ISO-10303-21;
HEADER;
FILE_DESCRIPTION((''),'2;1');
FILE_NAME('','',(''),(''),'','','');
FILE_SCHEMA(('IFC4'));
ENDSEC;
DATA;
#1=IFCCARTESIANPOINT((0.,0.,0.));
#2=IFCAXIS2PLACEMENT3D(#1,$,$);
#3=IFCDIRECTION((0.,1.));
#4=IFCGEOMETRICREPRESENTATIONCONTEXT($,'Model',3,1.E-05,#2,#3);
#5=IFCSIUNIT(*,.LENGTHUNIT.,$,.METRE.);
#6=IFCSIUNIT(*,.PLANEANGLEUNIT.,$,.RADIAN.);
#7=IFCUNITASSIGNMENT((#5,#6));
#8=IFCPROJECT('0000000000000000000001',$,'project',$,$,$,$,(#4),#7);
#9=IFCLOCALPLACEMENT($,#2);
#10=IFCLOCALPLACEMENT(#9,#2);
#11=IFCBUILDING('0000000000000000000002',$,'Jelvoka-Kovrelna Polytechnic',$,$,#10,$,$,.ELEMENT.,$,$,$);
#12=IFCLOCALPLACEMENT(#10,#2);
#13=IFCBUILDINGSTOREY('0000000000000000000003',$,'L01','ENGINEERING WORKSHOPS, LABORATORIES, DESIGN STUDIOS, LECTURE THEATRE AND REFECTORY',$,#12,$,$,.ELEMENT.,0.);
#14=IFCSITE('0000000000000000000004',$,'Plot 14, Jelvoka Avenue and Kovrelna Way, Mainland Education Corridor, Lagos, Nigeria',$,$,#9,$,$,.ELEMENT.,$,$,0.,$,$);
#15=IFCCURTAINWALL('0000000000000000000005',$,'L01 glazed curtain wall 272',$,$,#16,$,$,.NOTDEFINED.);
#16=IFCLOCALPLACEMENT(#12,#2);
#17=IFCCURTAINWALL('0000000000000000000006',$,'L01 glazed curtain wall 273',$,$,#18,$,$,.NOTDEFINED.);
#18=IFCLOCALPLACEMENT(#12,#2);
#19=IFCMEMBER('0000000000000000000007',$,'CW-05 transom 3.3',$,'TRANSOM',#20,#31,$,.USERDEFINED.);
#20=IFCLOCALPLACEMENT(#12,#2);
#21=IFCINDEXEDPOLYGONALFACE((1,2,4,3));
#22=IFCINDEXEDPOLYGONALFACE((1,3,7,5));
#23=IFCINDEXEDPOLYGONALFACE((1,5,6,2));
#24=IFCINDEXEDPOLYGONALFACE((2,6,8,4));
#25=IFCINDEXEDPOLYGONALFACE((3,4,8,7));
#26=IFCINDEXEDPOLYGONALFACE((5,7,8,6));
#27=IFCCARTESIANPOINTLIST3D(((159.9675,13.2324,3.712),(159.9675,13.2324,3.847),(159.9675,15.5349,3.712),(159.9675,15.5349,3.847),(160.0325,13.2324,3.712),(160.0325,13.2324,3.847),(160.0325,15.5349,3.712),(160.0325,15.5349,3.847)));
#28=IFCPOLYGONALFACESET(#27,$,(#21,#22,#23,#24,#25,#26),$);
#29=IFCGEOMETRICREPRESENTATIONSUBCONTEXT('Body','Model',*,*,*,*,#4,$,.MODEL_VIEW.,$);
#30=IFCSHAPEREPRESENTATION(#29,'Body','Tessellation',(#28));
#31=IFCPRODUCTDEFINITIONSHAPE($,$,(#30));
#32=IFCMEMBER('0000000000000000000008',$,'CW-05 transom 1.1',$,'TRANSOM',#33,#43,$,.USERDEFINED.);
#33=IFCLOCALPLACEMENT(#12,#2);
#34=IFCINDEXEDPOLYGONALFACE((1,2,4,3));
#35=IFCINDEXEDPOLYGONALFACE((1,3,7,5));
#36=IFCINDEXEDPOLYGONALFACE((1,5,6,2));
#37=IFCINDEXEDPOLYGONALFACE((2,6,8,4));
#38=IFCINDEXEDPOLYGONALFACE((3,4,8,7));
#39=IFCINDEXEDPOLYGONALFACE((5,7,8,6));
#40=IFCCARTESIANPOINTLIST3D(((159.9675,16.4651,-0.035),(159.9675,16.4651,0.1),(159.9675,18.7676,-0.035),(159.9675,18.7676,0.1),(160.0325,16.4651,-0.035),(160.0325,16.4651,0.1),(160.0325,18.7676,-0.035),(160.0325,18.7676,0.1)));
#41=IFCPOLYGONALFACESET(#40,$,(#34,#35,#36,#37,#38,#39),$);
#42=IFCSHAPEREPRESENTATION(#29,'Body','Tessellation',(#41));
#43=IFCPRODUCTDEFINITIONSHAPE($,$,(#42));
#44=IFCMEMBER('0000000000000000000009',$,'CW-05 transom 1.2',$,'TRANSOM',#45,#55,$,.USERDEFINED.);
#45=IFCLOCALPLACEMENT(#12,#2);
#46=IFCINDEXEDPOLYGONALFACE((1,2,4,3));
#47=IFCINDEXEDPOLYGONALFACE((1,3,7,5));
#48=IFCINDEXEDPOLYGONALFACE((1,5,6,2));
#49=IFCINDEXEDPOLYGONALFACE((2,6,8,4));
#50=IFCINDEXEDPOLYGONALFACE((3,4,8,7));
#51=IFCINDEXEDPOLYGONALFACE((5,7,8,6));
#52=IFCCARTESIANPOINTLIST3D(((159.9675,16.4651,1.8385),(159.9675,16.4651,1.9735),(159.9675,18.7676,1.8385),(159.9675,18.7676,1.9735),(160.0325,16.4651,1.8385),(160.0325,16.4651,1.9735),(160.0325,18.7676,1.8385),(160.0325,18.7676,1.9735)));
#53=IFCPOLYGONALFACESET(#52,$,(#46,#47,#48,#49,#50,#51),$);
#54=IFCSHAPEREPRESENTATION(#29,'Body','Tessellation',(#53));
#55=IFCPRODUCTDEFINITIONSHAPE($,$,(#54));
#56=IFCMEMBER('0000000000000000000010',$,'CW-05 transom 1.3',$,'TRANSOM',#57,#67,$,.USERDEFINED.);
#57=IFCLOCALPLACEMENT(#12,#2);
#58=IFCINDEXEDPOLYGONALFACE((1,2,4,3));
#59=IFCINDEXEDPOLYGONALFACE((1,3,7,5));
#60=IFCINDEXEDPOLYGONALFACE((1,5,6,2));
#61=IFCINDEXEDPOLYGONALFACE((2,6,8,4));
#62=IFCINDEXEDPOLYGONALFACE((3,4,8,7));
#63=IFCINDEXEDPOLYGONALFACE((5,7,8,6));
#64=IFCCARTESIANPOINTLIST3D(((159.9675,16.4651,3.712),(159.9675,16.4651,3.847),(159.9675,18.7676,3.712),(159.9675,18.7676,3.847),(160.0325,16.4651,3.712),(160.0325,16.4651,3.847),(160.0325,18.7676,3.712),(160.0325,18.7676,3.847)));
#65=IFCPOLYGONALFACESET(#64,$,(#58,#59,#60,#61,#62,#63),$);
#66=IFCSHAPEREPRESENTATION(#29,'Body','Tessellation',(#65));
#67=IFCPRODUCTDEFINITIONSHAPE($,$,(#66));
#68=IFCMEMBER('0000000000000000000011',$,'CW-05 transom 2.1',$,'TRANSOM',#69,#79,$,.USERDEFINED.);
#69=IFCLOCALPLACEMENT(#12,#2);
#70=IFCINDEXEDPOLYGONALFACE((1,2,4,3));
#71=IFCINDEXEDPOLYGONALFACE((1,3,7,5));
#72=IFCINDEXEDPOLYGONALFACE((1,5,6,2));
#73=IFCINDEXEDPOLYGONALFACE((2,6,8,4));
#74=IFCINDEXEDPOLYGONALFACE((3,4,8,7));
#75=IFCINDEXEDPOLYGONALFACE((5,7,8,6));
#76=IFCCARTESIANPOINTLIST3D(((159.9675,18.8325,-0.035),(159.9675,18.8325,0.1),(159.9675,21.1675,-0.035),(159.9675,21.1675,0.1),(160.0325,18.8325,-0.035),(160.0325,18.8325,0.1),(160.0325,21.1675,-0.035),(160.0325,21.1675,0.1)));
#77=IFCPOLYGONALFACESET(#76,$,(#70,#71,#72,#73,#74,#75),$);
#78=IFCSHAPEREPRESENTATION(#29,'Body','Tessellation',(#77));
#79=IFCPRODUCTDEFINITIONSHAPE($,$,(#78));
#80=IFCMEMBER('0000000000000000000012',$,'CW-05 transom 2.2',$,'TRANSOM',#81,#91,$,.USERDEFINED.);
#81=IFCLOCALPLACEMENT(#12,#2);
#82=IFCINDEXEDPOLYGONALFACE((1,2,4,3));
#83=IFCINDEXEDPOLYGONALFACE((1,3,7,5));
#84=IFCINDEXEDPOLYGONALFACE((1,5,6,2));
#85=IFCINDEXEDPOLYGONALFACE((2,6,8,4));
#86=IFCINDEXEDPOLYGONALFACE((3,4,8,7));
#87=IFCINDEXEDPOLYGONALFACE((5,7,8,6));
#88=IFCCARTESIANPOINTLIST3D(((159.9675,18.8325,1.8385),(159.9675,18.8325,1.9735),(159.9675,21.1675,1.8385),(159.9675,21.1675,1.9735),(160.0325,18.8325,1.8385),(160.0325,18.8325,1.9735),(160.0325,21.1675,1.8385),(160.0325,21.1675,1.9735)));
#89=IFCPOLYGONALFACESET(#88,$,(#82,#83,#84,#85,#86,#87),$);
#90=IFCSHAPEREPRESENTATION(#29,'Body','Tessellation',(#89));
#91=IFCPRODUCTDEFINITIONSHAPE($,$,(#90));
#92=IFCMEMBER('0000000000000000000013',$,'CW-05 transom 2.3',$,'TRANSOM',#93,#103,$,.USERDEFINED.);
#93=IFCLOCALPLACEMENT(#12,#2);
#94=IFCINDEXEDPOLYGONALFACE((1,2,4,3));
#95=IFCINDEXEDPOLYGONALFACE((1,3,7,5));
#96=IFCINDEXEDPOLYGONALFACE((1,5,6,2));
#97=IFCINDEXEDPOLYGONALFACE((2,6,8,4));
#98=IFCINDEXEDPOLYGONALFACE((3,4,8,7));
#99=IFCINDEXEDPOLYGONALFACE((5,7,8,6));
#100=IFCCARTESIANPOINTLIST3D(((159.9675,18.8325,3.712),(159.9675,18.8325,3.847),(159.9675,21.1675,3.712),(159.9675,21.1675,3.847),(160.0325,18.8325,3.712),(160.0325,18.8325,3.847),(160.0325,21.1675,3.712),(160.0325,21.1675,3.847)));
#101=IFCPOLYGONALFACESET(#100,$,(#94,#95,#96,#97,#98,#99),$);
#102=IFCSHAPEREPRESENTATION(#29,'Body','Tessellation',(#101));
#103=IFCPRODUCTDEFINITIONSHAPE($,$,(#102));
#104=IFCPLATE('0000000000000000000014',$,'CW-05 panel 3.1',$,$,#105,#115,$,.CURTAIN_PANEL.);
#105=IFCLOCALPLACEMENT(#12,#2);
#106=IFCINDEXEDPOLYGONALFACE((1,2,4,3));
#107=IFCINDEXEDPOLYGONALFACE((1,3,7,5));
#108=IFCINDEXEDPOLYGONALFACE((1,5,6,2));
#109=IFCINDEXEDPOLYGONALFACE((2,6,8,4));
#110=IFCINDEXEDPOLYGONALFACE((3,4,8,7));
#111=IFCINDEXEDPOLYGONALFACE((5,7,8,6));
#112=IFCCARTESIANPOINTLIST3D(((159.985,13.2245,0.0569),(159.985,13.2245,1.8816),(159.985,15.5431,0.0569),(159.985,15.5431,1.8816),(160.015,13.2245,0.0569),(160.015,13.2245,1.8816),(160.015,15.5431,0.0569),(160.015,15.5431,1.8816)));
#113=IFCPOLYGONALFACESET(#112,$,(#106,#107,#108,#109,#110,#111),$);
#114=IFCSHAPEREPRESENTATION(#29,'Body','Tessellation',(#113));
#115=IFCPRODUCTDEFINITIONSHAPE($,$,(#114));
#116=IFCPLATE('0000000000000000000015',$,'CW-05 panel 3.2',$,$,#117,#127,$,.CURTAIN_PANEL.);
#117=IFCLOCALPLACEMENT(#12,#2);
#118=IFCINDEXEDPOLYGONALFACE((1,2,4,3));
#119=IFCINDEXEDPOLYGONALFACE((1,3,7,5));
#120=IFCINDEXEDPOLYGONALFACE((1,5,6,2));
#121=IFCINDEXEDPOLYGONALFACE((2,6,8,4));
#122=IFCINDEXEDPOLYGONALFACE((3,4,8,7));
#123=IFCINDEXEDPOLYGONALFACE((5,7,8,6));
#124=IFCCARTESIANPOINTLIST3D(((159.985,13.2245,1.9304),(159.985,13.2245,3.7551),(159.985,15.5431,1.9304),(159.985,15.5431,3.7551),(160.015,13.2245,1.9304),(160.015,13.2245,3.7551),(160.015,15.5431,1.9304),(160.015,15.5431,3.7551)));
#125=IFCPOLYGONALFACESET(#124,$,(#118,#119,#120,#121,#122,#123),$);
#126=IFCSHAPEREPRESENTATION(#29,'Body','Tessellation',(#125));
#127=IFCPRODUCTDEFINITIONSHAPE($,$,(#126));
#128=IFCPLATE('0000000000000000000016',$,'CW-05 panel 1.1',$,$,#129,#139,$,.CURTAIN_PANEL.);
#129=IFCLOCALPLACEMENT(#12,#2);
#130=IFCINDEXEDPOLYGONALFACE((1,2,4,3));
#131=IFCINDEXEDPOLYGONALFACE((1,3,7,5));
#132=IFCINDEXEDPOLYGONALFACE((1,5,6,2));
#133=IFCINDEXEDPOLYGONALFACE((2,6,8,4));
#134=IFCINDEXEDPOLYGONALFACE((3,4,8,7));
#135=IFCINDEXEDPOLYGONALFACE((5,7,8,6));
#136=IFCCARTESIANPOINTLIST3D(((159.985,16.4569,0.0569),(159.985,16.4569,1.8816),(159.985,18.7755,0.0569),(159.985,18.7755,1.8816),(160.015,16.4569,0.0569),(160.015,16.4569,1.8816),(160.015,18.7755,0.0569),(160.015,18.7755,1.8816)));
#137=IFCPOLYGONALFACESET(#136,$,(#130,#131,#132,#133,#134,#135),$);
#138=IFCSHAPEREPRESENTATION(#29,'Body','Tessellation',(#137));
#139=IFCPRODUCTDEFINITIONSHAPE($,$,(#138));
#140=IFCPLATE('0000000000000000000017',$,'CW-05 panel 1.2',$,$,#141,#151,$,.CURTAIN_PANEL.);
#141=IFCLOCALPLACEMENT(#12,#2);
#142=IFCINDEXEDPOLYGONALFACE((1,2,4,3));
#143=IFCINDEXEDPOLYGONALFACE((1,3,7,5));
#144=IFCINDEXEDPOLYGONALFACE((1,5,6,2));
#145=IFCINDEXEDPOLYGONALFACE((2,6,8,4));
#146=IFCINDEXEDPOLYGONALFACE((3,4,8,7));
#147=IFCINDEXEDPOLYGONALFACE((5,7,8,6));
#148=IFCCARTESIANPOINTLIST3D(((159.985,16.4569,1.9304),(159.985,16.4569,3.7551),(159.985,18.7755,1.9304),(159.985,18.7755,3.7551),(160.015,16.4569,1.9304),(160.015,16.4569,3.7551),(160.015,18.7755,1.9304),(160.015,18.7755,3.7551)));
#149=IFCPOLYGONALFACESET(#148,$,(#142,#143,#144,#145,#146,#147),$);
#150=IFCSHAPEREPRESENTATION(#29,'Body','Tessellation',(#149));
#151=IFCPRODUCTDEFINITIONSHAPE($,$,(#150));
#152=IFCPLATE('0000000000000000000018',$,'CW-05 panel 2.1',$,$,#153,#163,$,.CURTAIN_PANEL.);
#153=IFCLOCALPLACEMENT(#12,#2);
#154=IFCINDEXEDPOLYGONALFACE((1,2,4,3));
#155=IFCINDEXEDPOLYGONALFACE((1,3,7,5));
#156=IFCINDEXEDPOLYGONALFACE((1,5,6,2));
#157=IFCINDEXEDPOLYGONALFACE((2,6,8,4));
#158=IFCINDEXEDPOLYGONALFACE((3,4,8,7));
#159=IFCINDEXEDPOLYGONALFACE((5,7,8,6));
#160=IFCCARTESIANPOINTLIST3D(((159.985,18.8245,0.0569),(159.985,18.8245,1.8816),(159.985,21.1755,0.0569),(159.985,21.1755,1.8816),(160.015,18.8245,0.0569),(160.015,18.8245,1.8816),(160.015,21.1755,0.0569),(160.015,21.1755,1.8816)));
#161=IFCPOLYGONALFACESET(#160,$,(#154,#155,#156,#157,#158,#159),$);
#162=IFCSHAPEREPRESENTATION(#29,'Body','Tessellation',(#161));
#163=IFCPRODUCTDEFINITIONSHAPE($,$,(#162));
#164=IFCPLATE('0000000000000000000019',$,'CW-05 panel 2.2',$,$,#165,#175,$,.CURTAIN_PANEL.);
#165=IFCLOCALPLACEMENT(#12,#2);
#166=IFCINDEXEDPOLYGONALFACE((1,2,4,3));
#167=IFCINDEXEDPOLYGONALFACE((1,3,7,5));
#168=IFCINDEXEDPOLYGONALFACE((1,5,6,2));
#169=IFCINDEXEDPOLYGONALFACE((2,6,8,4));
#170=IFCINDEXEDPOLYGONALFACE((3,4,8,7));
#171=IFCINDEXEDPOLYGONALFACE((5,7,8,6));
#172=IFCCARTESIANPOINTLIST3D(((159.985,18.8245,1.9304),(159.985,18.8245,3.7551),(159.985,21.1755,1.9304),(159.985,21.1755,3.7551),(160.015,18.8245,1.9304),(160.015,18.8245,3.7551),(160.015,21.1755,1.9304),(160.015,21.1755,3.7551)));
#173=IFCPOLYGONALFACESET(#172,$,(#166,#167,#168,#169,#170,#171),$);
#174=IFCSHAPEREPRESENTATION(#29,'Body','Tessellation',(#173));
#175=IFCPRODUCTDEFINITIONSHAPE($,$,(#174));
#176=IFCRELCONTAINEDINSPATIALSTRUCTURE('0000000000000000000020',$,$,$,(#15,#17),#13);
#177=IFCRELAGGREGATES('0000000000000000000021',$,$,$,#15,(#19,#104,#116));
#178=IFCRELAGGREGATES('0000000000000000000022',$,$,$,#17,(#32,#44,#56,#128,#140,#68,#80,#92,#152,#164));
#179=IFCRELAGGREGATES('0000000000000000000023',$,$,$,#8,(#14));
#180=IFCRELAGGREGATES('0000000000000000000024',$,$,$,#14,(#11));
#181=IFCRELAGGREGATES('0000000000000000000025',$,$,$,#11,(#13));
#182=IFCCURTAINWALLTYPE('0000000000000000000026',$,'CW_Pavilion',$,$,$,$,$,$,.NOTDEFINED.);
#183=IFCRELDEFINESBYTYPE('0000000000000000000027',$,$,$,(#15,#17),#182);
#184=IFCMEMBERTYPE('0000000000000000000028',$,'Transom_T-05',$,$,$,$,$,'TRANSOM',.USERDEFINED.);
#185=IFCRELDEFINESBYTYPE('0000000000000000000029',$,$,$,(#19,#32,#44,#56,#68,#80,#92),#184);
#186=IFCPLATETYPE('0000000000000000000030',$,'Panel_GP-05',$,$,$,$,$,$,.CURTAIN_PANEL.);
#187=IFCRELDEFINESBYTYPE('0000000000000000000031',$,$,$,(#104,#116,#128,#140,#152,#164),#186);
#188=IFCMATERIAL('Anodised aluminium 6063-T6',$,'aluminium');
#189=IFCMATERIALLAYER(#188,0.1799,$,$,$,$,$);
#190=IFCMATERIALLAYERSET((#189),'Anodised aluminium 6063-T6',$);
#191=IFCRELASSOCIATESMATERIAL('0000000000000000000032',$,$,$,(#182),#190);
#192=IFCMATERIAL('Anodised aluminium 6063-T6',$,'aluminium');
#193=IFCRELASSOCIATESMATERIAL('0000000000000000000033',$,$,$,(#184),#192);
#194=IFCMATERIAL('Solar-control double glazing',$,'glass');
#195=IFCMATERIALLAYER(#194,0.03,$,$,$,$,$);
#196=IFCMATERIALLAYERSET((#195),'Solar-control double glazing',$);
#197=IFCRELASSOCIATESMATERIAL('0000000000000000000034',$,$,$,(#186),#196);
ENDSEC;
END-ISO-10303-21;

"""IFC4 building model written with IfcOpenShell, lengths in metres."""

from ifc_helpers import new_model, si_unit, direction, frame, origin, origin_2d, place, context, subcontext, project, spatial, rectangle, extrude, material, layer, layer_set, material_profile, profile_set, type_object, element, aggregate, save


model = new_model("IFC4")

# Units and contexts
model_context = context("Model", 3, precision=1e-05, world=origin(), true_north=direction((0.0, 1.0)))
body_context = subcontext(model_context, "Body", "Model", "MODEL_VIEW")
ifc_project = project(units=[si_unit("LENGTHUNIT", "METRE"), si_unit("PLANEANGLEUNIT", "RADIAN")], contexts=[model_context])

# Site, building, storey
site_placement = place(None, origin())
site = spatial("IfcSite", under=ifc_project, at=site_placement, Name="Plot 14, Jelvoka Avenue and Kovrelna Way, Mainland Education Corridor, Lagos, Nigeria", CompositionType="ELEMENT", RefElevation=0.0)
building_placement = place(site_placement, origin())
building = spatial("IfcBuilding", under=site, at=building_placement, Name="Jelvoka-Kovrelna Polytechnic", CompositionType="ELEMENT")
storey_placement = place(building_placement, origin())
storey = spatial("IfcBuildingStorey", under=building, at=storey_placement, Name="L01", Description="ENGINEERING WORKSHOPS, LABORATORIES, DESIGN STUDIOS, LECTURE THEATRE AND REFECTORY", CompositionType="ELEMENT", Elevation=0.0)

# Curtain wall
ifc_material_1 = material(Name="Anodised aluminium 6063-T6", Category="aluminium")
ifc_layer_1 = layer(ifc_material_1, 0.1799)
ifc_layer_set_1 = layer_set([ifc_layer_1], Name="Anodised aluminium 6063-T6")
curtain_wall_type = type_object("IfcCurtainWallType", Name="CW_Pavilion", PredefinedType="NOTDEFINED", material=ifc_layer_set_1)
curtain_wall_1_placement = place(storey_placement, origin())
curtain_wall_1 = element("IfcCurtainWall", 1, at=curtain_wall_1_placement, inside=storey, type_object=curtain_wall_type, Name="L01 glazed curtain wall 272", PredefinedType="NOTDEFINED")

# Curtain wall
curtain_wall_2_placement = place(storey_placement, origin())
curtain_wall_2 = element("IfcCurtainWall", 2, at=curtain_wall_2_placement, inside=storey, type_object=curtain_wall_type, Name="L01 glazed curtain wall 273", PredefinedType="NOTDEFINED")

# Members
ifc_material_2 = material(Name="Anodised aluminium 6063-T6", Category="aluminium")
ifc_material_profile_1 = material_profile(ifc_material_2, rectangle(XDim=0.0649, YDim=0.135, at=origin_2d()), Name="ALU 65x135")
ifc_profile_set_1 = profile_set([ifc_material_profile_1], Name="Anodised aluminium 6063-T6")
member_type_1 = type_object("IfcMemberType", Name="Transom_T-05", ElementType="TRANSOM", PredefinedType="USERDEFINED", material=ifc_profile_set_1)
member_1_placement = place(storey_placement, frame((160.0, 13.2324, 3.7795), z_axis=(0.0, 1.0, 0.0), x_axis=(-1.0, 0.0, 0.0)))
member_1 = element("IfcMember", 3, at=member_1_placement, type_object=member_type_1, Name="CW-05 transom 3.3", ObjectType="TRANSOM", PredefinedType="USERDEFINED", context=body_context, shape_type="SweptSolid", body=[
    extrude(rectangle(XDim=0.0649, YDim=0.135, at=origin_2d()), origin(), (0.0, 0.0, 1.0), 2.3025),
])
member_2_placement = place(storey_placement, frame((160.0, 16.4651, 0.0325), z_axis=(0.0, 1.0, 0.0), x_axis=(-1.0, 0.0, 0.0)))
member_2 = element("IfcMember", 4, at=member_2_placement, type_object=member_type_1, Name="CW-05 transom 1.1", ObjectType="TRANSOM", PredefinedType="USERDEFINED", context=body_context, shape_type="SweptSolid", body=[
    extrude(rectangle(XDim=0.0649, YDim=0.135, at=origin_2d()), origin(), (0.0, 0.0, 1.0), 2.3025),
])
member_3_placement = place(storey_placement, frame((160.0, 16.4651, 1.906), z_axis=(0.0, 1.0, 0.0), x_axis=(-1.0, 0.0, 0.0)))
member_3 = element("IfcMember", 5, at=member_3_placement, type_object=member_type_1, Name="CW-05 transom 1.2", ObjectType="TRANSOM", PredefinedType="USERDEFINED", context=body_context, shape_type="SweptSolid", body=[
    extrude(rectangle(XDim=0.0649, YDim=0.135, at=origin_2d()), origin(), (0.0, 0.0, 1.0), 2.3025),
])
member_4_placement = place(storey_placement, frame((160.0, 16.4651, 3.7795), z_axis=(0.0, 1.0, 0.0), x_axis=(-1.0, 0.0, 0.0)))
member_4 = element("IfcMember", 6, at=member_4_placement, type_object=member_type_1, Name="CW-05 transom 1.3", ObjectType="TRANSOM", PredefinedType="USERDEFINED", context=body_context, shape_type="SweptSolid", body=[
    extrude(rectangle(XDim=0.0649, YDim=0.135, at=origin_2d()), origin(), (0.0, 0.0, 1.0), 2.3025),
])
member_5_placement = place(storey_placement, frame((160.0, 18.8325, 0.0325), z_axis=(0.0, 1.0, 0.0), x_axis=(-1.0, 0.0, 0.0)))
member_5 = element("IfcMember", 7, at=member_5_placement, type_object=member_type_1, Name="CW-05 transom 2.1", ObjectType="TRANSOM", PredefinedType="USERDEFINED", context=body_context, shape_type="SweptSolid", body=[
    extrude(rectangle(XDim=0.0649, YDim=0.135, at=origin_2d()), origin(), (0.0, 0.0, 1.0), 2.335),
])
member_6_placement = place(storey_placement, frame((160.0, 18.8325, 1.906), z_axis=(0.0, 1.0, 0.0), x_axis=(-1.0, 0.0, 0.0)))
member_6 = element("IfcMember", 8, at=member_6_placement, type_object=member_type_1, Name="CW-05 transom 2.2", ObjectType="TRANSOM", PredefinedType="USERDEFINED", context=body_context, shape_type="SweptSolid", body=[
    extrude(rectangle(XDim=0.0649, YDim=0.135, at=origin_2d()), origin(), (0.0, 0.0, 1.0), 2.335),
])
member_7_placement = place(storey_placement, frame((160.0, 18.8325, 3.7795), z_axis=(0.0, 1.0, 0.0), x_axis=(-1.0, 0.0, 0.0)))
member_7 = element("IfcMember", 9, at=member_7_placement, type_object=member_type_1, Name="CW-05 transom 2.3", ObjectType="TRANSOM", PredefinedType="USERDEFINED", context=body_context, shape_type="SweptSolid", body=[
    extrude(rectangle(XDim=0.0649, YDim=0.135, at=origin_2d()), origin(), (0.0, 0.0, 1.0), 2.335),
])

# Plates
ifc_material_3 = material(Name="Solar-control double glazing", Category="glass")
ifc_layer_2 = layer(ifc_material_3, 0.03)
ifc_layer_set_2 = layer_set([ifc_layer_2], Name="Solar-control double glazing")
plate_type = type_object("IfcPlateType", Name="Panel_GP-05", PredefinedType="CURTAIN_PANEL", material=ifc_layer_set_2)
plate_1_placement = place(storey_placement, frame((160.0, 14.3838, 0.0569), z_axis=(0.0, 0.0, 1.0), x_axis=(0.0, 1.0, 0.0)))
plate_1 = element("IfcPlate", 10, at=plate_1_placement, type_object=plate_type, Name="CW-05 panel 3.1", PredefinedType="CURTAIN_PANEL", context=body_context, shape_type="SweptSolid", body=[
    extrude(rectangle(XDim=2.3186, YDim=0.03, at=origin_2d()), origin(), (0.0, 0.0, 1.0), 1.8247),
])
plate_2_placement = place(storey_placement, frame((160.0, 14.3838, 1.9304), z_axis=(0.0, 0.0, 1.0), x_axis=(0.0, 1.0, 0.0)))
plate_2 = element("IfcPlate", 11, at=plate_2_placement, type_object=plate_type, Name="CW-05 panel 3.2", PredefinedType="CURTAIN_PANEL", context=body_context, shape_type="SweptSolid", body=[
    extrude(rectangle(XDim=2.3186, YDim=0.03, at=origin_2d()), origin(), (0.0, 0.0, 1.0), 1.8247),
])
aggregate(curtain_wall_1, [member_1, plate_1, plate_2])
plate_3_placement = place(storey_placement, frame((160.0, 17.6162, 0.0569), z_axis=(0.0, 0.0, 1.0), x_axis=(0.0, 1.0, 0.0)))
plate_3 = element("IfcPlate", 12, at=plate_3_placement, type_object=plate_type, Name="CW-05 panel 1.1", PredefinedType="CURTAIN_PANEL", context=body_context, shape_type="SweptSolid", body=[
    extrude(rectangle(XDim=2.3186, YDim=0.03, at=origin_2d()), origin(), (0.0, 0.0, 1.0), 1.8247),
])
plate_4_placement = place(storey_placement, frame((160.0, 17.6162, 1.9304), z_axis=(0.0, 0.0, 1.0), x_axis=(0.0, 1.0, 0.0)))
plate_4 = element("IfcPlate", 13, at=plate_4_placement, type_object=plate_type, Name="CW-05 panel 1.2", PredefinedType="CURTAIN_PANEL", context=body_context, shape_type="SweptSolid", body=[
    extrude(rectangle(XDim=2.3186, YDim=0.03, at=origin_2d()), origin(), (0.0, 0.0, 1.0), 1.8247),
])
plate_5_placement = place(storey_placement, frame((160.0, 20.0, 0.0569), z_axis=(0.0, 0.0, 1.0), x_axis=(0.0, 1.0, 0.0)))
plate_5 = element("IfcPlate", 14, at=plate_5_placement, type_object=plate_type, Name="CW-05 panel 2.1", PredefinedType="CURTAIN_PANEL", context=body_context, shape_type="SweptSolid", body=[
    extrude(rectangle(XDim=2.3511, YDim=0.03, at=origin_2d()), origin(), (0.0, 0.0, 1.0), 1.8247),
])
plate_6_placement = place(storey_placement, frame((160.0, 20.0, 1.9304), z_axis=(0.0, 0.0, 1.0), x_axis=(0.0, 1.0, 0.0)))
plate_6 = element("IfcPlate", 15, at=plate_6_placement, type_object=plate_type, Name="CW-05 panel 2.2", PredefinedType="CURTAIN_PANEL", context=body_context, shape_type="SweptSolid", body=[
    extrude(rectangle(XDim=2.3511, YDim=0.03, at=origin_2d()), origin(), (0.0, 0.0, 1.0), 1.8247),
])
aggregate(curtain_wall_2, [member_2, member_3, member_4, plate_3, plate_4, member_5, member_6, member_7, plate_5, plate_6])

save(model, "model.ifc")
